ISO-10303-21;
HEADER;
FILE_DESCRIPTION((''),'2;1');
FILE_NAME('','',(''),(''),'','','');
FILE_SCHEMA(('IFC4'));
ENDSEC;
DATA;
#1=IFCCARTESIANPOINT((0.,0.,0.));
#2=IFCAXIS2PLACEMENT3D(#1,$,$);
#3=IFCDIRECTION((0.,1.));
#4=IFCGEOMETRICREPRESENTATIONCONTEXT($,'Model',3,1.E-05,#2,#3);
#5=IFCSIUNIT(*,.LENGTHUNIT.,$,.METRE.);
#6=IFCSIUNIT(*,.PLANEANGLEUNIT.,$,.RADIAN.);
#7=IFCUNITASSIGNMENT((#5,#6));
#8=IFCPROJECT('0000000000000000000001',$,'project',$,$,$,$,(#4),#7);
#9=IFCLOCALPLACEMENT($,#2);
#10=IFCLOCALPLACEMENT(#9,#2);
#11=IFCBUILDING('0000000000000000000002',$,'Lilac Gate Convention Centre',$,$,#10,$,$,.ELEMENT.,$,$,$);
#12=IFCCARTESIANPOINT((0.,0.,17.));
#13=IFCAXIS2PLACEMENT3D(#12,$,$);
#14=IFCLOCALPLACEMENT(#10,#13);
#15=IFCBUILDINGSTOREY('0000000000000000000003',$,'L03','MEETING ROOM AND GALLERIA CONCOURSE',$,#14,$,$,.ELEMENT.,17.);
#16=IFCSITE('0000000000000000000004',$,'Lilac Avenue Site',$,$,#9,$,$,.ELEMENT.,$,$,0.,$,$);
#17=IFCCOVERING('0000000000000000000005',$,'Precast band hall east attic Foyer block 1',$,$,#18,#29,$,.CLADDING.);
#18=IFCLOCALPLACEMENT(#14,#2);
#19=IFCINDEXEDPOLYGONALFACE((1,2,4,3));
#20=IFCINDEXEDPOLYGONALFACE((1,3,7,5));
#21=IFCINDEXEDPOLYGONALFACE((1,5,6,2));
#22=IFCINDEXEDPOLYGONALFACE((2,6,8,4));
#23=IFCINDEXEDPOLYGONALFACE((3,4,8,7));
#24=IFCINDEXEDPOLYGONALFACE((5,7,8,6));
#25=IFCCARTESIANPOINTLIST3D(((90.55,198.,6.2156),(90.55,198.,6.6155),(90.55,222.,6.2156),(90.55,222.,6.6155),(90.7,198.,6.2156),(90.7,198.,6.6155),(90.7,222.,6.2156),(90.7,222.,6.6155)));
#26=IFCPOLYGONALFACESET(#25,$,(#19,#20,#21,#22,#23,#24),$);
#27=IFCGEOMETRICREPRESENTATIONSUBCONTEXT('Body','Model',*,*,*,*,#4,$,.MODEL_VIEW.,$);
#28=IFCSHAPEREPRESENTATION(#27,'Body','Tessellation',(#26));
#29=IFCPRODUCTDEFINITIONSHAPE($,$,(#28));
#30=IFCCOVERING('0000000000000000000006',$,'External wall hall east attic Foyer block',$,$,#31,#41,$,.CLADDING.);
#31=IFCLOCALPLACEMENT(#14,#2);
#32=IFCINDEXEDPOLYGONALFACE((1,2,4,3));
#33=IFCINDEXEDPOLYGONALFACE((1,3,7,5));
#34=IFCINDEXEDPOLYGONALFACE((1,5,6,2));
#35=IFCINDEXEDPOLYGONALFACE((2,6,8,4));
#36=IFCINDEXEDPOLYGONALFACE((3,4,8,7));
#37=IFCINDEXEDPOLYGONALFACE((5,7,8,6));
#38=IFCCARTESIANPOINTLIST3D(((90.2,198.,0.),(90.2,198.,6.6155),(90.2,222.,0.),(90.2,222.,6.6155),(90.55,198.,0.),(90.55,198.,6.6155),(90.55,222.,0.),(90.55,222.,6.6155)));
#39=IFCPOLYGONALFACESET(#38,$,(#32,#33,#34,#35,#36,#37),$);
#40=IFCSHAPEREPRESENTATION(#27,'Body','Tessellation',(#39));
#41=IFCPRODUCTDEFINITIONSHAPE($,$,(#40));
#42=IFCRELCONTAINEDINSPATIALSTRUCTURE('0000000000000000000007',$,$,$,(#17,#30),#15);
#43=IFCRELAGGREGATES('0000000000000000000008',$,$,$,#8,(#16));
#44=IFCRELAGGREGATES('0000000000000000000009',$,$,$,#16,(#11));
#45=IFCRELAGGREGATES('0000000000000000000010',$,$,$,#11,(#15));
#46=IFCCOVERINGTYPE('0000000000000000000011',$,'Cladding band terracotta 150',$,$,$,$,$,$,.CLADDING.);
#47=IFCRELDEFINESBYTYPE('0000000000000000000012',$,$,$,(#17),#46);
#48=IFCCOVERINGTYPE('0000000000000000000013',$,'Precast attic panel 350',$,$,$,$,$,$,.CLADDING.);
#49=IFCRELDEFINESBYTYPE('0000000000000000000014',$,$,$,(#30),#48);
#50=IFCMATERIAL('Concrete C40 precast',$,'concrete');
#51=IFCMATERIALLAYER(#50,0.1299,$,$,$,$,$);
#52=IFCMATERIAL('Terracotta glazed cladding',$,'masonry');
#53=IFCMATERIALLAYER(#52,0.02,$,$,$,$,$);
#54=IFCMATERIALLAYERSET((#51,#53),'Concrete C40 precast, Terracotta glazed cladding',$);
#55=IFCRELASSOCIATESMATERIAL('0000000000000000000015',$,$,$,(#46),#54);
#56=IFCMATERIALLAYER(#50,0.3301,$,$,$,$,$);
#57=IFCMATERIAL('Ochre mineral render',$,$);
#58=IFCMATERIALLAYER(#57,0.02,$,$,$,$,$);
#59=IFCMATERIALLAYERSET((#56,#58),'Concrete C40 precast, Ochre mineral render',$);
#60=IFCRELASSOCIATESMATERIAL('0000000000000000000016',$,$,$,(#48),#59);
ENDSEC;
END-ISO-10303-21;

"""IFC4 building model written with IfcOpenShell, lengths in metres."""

from ifc_helpers import new_model, si_unit, direction, frame, frame_2d, origin, place, context, subcontext, project, spatial, rectangle, extrude, material, layer, layer_set, type_object, element, save


model = new_model("IFC4")

# Units and contexts
model_context = context("Model", 3, precision=1e-05, world=origin(), true_north=direction((0.0, 1.0)))
body_context = subcontext(model_context, "Body", "Model", "MODEL_VIEW")
ifc_project = project(units=[si_unit("LENGTHUNIT", "METRE"), si_unit("PLANEANGLEUNIT", "RADIAN")], contexts=[model_context])

# Site, building, storey
site_placement = place(None, origin())
site = spatial("IfcSite", under=ifc_project, at=site_placement, Name="Lilac Avenue Site", CompositionType="ELEMENT", RefElevation=0.0)
building_placement = place(site_placement, origin())
building = spatial("IfcBuilding", under=site, at=building_placement, Name="Lilac Gate Convention Centre", CompositionType="ELEMENT")
storey_placement = place(building_placement, frame((0.0, 0.0, 17.0)))
storey = spatial("IfcBuildingStorey", under=building, at=storey_placement, Name="L03", Description="MEETING ROOM AND GALLERIA CONCOURSE", CompositionType="ELEMENT", Elevation=17.0)

# Coverings
ifc_material_1 = material(Name="Concrete C40 precast", Category="concrete")
ifc_layer_1 = layer(ifc_material_1, 0.1299)
ifc_material_2 = material(Name="Terracotta glazed cladding", Category="masonry")
ifc_layer_2 = layer(ifc_material_2, 0.02)
ifc_layer_set_1 = layer_set([ifc_layer_1, ifc_layer_2], Name="Concrete C40 precast, Terracotta glazed cladding")
covering_type_1 = type_object("IfcCoveringType", Name="Cladding band terracotta 150", PredefinedType="CLADDING", material=ifc_layer_set_1)
covering_1_placement = place(storey_placement, frame((90.625, 198.0, 6.2156), z_axis=(0.0, 0.0, 1.0), x_axis=(0.0, 1.0, 0.0)))
element("IfcCovering", 1, at=covering_1_placement, inside=storey, type_object=covering_type_1, Name="Precast band hall east attic Foyer block 1", PredefinedType="CLADDING", context=body_context, shape_type="SweptSolid", body=[
    extrude(rectangle(XDim=24.0, YDim=0.1499, at=frame_2d((12.0, 0.0))), origin(), (0.0, 0.0, 1.0), 0.3999),
])
ifc_layer_3 = layer(ifc_material_1, 0.3301)
ifc_material_3 = material(Name="Ochre mineral render")
ifc_layer_4 = layer(ifc_material_3, 0.02)
ifc_layer_set_2 = layer_set([ifc_layer_3, ifc_layer_4], Name="Concrete C40 precast, Ochre mineral render")
covering_type_2 = type_object("IfcCoveringType", Name="Precast attic panel 350", PredefinedType="CLADDING", material=ifc_layer_set_2)
covering_2_placement = place(storey_placement, frame((90.375, 198.0, 0.0), z_axis=(0.0, 0.0, 1.0), x_axis=(0.0, 1.0, 0.0)))
element("IfcCovering", 2, at=covering_2_placement, inside=storey, type_object=covering_type_2, Name="External wall hall east attic Foyer block", PredefinedType="CLADDING", context=body_context, shape_type="SweptSolid", body=[
    extrude(rectangle(XDim=24.0, YDim=0.3501, at=frame_2d((12.0, 0.0))), origin(), (0.0, 0.0, 1.0), 6.6155),
])

save(model, "model.ifc")
